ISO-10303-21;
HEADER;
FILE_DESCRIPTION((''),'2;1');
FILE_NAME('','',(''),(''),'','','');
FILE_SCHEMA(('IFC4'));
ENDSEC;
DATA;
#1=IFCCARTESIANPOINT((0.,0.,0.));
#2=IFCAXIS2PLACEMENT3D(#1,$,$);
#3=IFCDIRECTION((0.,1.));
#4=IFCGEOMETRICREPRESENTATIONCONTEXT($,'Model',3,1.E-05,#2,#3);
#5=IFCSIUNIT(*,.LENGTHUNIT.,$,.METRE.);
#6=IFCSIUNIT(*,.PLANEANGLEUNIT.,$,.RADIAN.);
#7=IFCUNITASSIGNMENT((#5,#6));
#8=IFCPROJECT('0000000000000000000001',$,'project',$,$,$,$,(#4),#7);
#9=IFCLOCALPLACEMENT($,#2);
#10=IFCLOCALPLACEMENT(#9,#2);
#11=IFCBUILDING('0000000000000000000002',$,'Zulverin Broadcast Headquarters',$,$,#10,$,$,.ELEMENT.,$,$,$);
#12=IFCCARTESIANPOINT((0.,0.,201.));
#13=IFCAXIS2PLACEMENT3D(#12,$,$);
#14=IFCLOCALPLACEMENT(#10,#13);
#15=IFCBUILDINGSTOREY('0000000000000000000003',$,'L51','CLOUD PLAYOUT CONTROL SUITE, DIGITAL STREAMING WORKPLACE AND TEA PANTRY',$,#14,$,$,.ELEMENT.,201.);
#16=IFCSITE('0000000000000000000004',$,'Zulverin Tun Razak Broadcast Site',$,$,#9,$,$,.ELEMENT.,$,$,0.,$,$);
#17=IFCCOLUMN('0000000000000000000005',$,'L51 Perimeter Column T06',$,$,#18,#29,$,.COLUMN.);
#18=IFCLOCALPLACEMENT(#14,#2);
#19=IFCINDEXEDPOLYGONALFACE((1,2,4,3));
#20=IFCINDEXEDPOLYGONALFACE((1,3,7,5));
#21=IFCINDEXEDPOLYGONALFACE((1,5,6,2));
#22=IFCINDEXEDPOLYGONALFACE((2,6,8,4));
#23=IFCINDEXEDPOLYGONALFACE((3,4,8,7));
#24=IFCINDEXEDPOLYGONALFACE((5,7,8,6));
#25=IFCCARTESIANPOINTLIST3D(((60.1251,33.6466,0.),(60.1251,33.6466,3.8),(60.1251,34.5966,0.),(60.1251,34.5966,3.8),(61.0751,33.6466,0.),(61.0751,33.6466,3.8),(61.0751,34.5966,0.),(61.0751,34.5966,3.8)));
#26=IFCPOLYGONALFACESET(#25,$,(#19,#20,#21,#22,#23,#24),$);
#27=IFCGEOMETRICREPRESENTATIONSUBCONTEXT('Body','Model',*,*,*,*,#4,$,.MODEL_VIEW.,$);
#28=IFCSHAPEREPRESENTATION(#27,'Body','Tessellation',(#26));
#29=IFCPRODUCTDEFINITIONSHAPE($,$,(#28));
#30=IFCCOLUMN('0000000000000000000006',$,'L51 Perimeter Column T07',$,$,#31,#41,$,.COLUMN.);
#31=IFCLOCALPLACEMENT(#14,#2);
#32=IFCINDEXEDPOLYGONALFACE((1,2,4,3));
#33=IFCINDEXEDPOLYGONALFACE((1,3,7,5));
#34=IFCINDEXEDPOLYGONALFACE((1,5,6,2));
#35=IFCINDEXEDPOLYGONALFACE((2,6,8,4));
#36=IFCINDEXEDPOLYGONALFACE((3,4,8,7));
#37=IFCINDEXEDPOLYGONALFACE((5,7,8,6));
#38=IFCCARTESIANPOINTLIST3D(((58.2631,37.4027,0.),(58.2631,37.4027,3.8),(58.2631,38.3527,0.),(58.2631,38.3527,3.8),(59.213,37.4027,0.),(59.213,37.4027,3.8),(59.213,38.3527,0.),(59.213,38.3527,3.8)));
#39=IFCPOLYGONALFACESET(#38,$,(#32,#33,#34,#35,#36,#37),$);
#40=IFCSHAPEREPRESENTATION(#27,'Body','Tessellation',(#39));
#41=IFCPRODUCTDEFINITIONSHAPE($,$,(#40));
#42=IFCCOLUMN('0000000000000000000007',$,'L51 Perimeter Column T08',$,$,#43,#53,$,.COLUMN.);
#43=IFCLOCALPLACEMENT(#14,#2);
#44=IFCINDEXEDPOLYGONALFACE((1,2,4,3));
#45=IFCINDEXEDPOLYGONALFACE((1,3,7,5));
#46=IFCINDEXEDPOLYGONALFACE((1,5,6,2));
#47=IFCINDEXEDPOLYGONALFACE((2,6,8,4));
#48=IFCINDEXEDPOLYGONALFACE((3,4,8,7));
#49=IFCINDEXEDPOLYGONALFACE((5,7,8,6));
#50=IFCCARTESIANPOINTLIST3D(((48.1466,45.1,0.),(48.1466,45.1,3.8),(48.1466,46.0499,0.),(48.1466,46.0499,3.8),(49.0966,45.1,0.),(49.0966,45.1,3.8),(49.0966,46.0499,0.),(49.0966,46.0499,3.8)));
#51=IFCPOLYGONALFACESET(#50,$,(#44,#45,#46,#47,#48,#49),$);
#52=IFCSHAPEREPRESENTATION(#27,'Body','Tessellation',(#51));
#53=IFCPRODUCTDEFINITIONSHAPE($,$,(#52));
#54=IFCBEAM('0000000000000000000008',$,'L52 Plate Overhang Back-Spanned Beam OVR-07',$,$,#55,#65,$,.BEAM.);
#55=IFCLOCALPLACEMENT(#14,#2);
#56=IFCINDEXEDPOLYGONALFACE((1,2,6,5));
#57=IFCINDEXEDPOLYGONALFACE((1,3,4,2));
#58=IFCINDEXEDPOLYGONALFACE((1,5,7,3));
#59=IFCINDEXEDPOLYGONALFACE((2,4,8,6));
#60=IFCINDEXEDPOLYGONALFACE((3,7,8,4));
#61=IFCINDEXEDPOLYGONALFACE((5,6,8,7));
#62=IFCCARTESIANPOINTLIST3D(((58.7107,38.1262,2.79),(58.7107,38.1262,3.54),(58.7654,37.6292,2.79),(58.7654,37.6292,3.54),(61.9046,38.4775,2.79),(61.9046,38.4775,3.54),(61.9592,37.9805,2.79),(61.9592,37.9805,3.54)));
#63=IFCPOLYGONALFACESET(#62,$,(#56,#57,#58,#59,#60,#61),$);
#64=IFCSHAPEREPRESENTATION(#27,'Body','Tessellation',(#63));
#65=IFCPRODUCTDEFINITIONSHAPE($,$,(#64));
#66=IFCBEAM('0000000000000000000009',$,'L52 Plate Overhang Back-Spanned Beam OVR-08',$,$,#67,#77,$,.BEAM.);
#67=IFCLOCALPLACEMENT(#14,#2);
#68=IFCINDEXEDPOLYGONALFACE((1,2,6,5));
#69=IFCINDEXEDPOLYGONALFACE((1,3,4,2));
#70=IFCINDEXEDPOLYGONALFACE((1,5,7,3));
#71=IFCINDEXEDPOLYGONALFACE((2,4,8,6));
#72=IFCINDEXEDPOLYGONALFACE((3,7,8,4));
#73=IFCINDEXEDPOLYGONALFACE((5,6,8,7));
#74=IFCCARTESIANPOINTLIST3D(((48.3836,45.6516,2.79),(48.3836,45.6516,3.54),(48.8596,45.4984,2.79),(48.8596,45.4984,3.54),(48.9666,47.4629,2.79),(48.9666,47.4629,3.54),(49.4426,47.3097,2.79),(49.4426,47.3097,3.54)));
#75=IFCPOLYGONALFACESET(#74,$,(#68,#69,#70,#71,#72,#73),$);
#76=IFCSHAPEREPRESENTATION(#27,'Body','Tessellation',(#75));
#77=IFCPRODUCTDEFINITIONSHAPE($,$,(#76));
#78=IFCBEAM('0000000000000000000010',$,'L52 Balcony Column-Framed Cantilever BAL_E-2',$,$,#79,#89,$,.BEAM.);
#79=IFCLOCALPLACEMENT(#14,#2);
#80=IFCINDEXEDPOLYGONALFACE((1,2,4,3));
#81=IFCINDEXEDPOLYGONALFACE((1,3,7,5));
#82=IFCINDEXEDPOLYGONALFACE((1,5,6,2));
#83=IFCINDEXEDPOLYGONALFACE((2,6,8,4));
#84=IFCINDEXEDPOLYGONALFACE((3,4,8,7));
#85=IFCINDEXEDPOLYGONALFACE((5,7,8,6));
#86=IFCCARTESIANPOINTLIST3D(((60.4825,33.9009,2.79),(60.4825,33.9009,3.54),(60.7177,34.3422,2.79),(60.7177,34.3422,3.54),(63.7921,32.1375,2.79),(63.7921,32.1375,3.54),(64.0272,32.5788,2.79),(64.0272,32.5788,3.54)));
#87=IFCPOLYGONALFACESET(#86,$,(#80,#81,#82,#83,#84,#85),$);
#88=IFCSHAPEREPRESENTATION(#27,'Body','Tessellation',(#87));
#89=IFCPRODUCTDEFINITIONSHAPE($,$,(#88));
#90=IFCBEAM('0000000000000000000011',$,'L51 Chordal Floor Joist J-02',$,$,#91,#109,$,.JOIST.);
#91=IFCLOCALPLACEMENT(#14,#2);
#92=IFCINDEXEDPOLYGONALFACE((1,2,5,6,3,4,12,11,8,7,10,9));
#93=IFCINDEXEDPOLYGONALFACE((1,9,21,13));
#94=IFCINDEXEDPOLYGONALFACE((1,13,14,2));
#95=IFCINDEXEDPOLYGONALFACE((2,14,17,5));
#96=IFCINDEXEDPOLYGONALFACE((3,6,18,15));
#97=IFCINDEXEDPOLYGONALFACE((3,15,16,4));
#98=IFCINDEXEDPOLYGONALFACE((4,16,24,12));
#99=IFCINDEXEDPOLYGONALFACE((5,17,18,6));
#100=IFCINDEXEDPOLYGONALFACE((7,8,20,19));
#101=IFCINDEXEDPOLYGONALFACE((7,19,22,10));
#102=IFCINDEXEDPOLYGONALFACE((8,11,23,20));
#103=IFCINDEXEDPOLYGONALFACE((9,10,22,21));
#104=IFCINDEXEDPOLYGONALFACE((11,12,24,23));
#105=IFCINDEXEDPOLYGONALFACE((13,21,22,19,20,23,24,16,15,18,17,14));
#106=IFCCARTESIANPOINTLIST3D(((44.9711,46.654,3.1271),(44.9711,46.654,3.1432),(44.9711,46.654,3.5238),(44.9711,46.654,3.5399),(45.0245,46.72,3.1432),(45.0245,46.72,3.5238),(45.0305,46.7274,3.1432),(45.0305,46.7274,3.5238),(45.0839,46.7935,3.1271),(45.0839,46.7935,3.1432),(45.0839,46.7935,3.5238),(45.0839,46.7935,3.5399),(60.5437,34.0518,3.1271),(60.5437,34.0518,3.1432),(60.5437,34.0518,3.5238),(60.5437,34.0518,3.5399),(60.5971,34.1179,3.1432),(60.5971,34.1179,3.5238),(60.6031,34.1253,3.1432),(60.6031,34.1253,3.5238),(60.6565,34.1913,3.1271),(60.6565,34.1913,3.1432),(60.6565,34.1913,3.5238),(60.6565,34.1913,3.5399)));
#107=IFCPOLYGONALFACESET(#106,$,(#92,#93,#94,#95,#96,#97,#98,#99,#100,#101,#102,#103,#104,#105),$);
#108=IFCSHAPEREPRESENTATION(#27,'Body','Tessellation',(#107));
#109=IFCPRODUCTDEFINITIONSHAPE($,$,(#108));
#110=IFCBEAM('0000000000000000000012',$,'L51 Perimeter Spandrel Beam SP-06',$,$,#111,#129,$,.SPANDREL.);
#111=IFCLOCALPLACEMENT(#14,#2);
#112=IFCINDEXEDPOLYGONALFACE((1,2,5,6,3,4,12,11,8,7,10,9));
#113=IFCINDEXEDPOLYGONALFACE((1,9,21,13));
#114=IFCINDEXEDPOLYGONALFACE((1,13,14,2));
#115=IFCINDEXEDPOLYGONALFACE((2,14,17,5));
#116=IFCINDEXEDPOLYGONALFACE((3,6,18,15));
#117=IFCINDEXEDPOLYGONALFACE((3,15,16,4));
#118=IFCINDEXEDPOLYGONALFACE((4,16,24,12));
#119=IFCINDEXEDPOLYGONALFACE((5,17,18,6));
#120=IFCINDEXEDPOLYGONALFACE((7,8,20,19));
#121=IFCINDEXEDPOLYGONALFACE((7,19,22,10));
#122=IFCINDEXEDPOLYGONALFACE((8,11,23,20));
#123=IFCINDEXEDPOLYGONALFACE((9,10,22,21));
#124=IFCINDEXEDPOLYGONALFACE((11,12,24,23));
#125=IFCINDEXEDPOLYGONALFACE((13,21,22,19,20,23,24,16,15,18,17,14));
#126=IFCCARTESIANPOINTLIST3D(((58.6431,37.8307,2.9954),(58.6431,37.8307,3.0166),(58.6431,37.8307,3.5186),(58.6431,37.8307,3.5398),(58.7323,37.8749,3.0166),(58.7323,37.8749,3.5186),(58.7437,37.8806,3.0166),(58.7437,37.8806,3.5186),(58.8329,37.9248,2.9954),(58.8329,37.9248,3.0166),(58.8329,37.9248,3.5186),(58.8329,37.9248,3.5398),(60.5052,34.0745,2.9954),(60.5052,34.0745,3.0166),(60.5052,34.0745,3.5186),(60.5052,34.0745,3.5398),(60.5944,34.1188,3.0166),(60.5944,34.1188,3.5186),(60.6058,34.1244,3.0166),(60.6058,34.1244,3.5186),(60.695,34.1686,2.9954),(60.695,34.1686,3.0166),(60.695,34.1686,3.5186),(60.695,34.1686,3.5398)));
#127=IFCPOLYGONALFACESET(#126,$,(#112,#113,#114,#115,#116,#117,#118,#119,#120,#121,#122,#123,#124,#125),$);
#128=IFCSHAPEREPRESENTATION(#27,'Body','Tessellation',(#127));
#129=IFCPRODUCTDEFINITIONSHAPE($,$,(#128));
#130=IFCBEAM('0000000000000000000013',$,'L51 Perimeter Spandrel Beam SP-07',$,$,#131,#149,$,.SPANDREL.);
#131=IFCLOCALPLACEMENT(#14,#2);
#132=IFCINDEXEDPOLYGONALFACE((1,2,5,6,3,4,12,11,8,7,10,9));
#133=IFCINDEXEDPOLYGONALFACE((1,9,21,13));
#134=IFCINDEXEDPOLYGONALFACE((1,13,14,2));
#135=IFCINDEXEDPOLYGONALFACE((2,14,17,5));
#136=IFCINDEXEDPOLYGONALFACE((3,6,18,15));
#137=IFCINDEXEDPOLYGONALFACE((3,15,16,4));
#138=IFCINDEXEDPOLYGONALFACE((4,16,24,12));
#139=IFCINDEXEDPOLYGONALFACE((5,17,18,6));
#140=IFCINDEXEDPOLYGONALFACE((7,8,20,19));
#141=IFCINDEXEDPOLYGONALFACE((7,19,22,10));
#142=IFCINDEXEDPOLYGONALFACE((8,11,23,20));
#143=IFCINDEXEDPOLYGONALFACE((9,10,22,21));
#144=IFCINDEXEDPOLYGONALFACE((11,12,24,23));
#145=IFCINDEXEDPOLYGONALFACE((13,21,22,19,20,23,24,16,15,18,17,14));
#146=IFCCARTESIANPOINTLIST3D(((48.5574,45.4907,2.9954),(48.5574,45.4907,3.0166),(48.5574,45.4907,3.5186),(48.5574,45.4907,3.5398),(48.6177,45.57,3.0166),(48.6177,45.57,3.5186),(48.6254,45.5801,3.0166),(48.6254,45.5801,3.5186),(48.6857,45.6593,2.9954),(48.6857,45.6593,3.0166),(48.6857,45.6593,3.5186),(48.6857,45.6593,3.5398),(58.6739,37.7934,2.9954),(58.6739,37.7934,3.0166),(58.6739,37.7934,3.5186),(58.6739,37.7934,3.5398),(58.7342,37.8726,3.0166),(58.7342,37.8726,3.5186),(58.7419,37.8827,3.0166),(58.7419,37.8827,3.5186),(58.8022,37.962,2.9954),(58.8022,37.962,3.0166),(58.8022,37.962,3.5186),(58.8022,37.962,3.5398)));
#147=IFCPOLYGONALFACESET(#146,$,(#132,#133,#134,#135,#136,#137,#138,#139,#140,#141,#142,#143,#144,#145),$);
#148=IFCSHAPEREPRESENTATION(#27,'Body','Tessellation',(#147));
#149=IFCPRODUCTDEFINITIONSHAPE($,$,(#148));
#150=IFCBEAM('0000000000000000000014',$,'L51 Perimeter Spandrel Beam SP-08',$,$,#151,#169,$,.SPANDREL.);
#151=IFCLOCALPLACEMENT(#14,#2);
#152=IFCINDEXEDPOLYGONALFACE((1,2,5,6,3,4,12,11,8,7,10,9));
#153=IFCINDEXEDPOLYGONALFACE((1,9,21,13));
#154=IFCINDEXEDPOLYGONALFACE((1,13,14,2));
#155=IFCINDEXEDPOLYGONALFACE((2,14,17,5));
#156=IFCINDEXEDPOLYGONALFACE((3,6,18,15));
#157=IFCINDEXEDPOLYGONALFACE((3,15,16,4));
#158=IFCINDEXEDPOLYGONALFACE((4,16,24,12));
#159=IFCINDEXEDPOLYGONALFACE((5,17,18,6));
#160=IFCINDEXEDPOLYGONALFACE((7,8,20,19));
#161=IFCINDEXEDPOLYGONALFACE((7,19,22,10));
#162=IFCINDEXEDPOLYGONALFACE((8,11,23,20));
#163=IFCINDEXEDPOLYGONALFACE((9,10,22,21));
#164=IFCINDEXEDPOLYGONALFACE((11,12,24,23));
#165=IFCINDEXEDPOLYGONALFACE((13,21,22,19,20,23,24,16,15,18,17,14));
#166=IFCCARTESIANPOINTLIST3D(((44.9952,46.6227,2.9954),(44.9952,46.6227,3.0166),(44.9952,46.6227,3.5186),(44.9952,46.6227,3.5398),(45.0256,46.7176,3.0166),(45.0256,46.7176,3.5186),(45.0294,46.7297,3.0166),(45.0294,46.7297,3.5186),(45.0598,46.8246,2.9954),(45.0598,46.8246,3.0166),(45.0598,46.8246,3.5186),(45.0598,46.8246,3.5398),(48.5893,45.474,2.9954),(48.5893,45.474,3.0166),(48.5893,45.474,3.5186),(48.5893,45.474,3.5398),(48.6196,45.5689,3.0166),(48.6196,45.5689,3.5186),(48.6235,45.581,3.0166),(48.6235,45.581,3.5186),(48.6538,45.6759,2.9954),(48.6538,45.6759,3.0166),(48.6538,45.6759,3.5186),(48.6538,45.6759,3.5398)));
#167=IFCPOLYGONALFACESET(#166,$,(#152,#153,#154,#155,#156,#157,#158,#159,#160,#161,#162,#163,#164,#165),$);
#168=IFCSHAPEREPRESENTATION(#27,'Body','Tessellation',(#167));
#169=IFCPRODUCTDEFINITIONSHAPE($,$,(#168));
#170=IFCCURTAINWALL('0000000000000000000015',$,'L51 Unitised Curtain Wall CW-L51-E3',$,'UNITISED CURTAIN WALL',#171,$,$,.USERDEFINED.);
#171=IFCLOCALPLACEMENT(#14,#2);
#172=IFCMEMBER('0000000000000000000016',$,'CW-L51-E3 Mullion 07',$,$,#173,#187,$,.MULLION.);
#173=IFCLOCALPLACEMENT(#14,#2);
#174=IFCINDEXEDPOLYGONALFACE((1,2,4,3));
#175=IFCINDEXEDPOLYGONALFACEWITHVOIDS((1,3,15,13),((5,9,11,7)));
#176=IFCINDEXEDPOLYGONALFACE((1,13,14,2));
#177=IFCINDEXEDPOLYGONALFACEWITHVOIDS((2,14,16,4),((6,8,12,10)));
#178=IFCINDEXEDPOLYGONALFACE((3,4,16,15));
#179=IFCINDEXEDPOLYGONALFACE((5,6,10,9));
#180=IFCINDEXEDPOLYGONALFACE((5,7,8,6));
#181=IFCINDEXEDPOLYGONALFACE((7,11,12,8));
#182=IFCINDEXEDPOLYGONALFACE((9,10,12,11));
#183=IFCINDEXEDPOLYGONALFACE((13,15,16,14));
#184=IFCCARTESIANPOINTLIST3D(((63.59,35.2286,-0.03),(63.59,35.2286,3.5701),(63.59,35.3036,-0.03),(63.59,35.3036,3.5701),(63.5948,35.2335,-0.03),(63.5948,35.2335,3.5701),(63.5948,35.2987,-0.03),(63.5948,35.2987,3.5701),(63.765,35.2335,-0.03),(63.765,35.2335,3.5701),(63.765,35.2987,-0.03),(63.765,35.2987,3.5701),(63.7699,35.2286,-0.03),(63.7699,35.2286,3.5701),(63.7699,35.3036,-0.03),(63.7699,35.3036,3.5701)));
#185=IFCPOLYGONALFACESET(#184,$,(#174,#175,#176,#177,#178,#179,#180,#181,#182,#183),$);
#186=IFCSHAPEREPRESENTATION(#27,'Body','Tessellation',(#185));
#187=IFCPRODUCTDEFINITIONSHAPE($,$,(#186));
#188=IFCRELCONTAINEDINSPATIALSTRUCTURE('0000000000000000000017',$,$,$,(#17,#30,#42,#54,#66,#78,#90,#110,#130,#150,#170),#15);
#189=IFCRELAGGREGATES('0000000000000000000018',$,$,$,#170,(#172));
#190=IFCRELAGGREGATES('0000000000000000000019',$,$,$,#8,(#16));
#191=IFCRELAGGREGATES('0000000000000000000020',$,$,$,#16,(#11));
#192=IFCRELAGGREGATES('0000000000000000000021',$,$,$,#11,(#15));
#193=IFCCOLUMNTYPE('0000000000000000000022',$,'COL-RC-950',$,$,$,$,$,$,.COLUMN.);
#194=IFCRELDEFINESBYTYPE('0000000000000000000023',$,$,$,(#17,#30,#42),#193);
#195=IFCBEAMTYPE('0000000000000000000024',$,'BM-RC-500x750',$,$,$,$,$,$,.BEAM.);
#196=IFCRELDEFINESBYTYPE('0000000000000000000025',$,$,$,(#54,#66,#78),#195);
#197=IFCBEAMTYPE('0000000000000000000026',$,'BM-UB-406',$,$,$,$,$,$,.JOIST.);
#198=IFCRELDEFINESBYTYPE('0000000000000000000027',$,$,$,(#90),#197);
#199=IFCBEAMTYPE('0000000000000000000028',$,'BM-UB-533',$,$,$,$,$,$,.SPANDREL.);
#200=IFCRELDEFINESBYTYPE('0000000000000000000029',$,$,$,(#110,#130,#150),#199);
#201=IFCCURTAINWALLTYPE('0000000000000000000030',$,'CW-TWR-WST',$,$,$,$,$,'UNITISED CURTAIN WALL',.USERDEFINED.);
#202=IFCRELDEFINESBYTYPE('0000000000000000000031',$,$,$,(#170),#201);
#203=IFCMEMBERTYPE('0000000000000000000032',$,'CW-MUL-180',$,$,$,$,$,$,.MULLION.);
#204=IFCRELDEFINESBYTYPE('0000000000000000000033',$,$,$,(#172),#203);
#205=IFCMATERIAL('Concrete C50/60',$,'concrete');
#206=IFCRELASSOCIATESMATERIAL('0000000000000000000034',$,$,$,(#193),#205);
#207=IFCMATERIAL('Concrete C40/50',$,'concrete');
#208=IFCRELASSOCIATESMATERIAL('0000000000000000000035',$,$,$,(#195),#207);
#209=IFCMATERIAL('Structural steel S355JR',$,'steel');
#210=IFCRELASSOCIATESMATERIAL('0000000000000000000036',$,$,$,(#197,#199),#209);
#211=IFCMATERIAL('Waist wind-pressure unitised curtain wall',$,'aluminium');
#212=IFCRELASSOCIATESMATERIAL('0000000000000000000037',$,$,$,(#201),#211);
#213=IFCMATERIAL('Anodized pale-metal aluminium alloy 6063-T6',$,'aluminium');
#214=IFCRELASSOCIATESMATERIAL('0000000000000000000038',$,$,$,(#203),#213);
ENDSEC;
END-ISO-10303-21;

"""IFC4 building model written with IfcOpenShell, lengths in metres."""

from ifc_helpers import new_model, si_unit, direction, frame, origin, origin_2d, place, context, subcontext, project, spatial, rectangle, hollow_rectangle, i_section, extrude, material, material_profile, profile_set, type_object, element, aggregate, save


model = new_model("IFC4")

# Units and contexts
model_context = context("Model", 3, precision=1e-05, world=origin(), true_north=direction((0.0, 1.0)))
body_context = subcontext(model_context, "Body", "Model", "MODEL_VIEW")
ifc_project = project(units=[si_unit("LENGTHUNIT", "METRE"), si_unit("PLANEANGLEUNIT", "RADIAN")], contexts=[model_context])

# Site, building, storey
site_placement = place(None, origin())
site = spatial("IfcSite", under=ifc_project, at=site_placement, Name="Zulverin Tun Razak Broadcast Site", CompositionType="ELEMENT", RefElevation=0.0)
building_placement = place(site_placement, origin())
building = spatial("IfcBuilding", under=site, at=building_placement, Name="Zulverin Broadcast Headquarters", CompositionType="ELEMENT")
storey_placement = place(building_placement, frame((0.0, 0.0, 201.0)))
storey = spatial("IfcBuildingStorey", under=building, at=storey_placement, Name="L51", Description="CLOUD PLAYOUT CONTROL SUITE, DIGITAL STREAMING WORKPLACE AND TEA PANTRY", CompositionType="ELEMENT", Elevation=201.0)

# Columns
ifc_material_1 = material(Name="Concrete C50/60", Category="concrete")
ifc_material_profile_1 = material_profile(ifc_material_1, rectangle(XDim=0.95, YDim=0.95, at=origin_2d()), Name="Concrete C50/60", Category="concrete")
ifc_profile_set_1 = profile_set([ifc_material_profile_1], Name="Concrete C50/60")
column_type = type_object("IfcColumnType", Name="COL-RC-950", PredefinedType="COLUMN", material=ifc_profile_set_1)
for number, where, z_axis, x_axis, name in (
    (1, (60.6001, 34.1216, 0.0), (0.0, 0.0, 1.0), (1.0, 0.0, 0.0), "L51 Perimeter Column T06"),
    (2, (58.738, 37.8777, 0.0), (0.0, 0.0, 1.0), (1.0, 0.0, 0.0), "L51 Perimeter Column T07"),
    (3, (48.6216, 45.575, 0.0), (0.0, 0.0, 1.0), (1.0, 0.0, 0.0), "L51 Perimeter Column T08"),
):
    element("IfcColumn", number, at=place(storey_placement, frame(where, z_axis=z_axis, x_axis=x_axis)), inside=storey, type_object=column_type, Name=name, PredefinedType="COLUMN", context=body_context, shape_type="SweptSolid", body=[
        extrude(rectangle(XDim=0.95, YDim=0.95, at=origin_2d()), origin(), (0.0, 0.0, 1.0), 3.8),
    ])

# Beams
ifc_material_2 = material(Name="Concrete C40/50", Category="concrete")
ifc_material_profile_2 = material_profile(ifc_material_2, rectangle(XDim=0.5, YDim=0.75, at=origin_2d()), Name="Concrete C40/50", Category="concrete")
ifc_profile_set_2 = profile_set([ifc_material_profile_2], Name="Concrete C40/50")
beam_type_1 = type_object("IfcBeamType", Name="BM-RC-500x750", PredefinedType="BEAM", material=ifc_profile_set_2)
beam_1_placement = place(storey_placement, frame((58.738, 37.8777, 3.165), z_axis=(0.994005, 0.109339, 0.0), x_axis=(-0.109339, 0.994005, 0.0)))
element("IfcBeam", 4, at=beam_1_placement, inside=storey, type_object=beam_type_1, Name="L52 Plate Overhang Back-Spanned Beam OVR-07", PredefinedType="BEAM", context=body_context, shape_type="SweptSolid", body=[
    extrude(rectangle(XDim=0.5, YDim=0.75, at=origin_2d()), origin(), (0.0, 0.0, 1.0), 3.2131),
])
beam_2_placement = place(storey_placement, frame((48.6216, 45.575, 3.165), z_axis=(0.306395, 0.951904, 0.0), x_axis=(-0.951904, 0.306395, 0.0)))
element("IfcBeam", 5, at=beam_2_placement, inside=storey, type_object=beam_type_1, Name="L52 Plate Overhang Back-Spanned Beam OVR-08", PredefinedType="BEAM", context=body_context, shape_type="SweptSolid", body=[
    extrude(rectangle(XDim=0.5, YDim=0.75, at=origin_2d()), origin(), (0.0, 0.0, 1.0), 1.9028),
])
beam_3_placement = place(storey_placement, frame((60.6001, 34.1216, 3.165), z_axis=(0.882538, -0.47024, 0.0), x_axis=(0.47024, 0.882538, 0.0)))
element("IfcBeam", 6, at=beam_3_placement, inside=storey, type_object=beam_type_1, Name="L52 Balcony Column-Framed Cantilever BAL_E-2", PredefinedType="BEAM", context=body_context, shape_type="SweptSolid", body=[
    extrude(rectangle(XDim=0.5, YDim=0.75, at=origin_2d()), origin(), (0.0, 0.0, 1.0), 3.75),
])
ifc_material_3 = material(Name="Structural steel S355JR", Category="steel")
ifc_material_profile_3 = material_profile(ifc_material_3, i_section(OverallWidth=0.1794, OverallDepth=0.4128, WebThickness=0.0095, FlangeThickness=0.0161, at=origin_2d()), Name="Structural steel S355JR", Category="steel")
ifc_profile_set_3 = profile_set([ifc_material_profile_3], Name="Structural steel S355JR")
beam_type_2 = type_object("IfcBeamType", Name="BM-UB-406", PredefinedType="JOIST", material=ifc_profile_set_3)
beam_4_placement = place(storey_placement, frame((60.6001, 34.1216, 3.3335), z_axis=(-0.777349, 0.62907, 0.0), x_axis=(-0.62907, -0.777349, 0.0)))
element("IfcBeam", 7, at=beam_4_placement, inside=storey, type_object=beam_type_2, Name="L51 Chordal Floor Joist J-02", PredefinedType="JOIST", context=body_context, shape_type="SweptSolid", body=[
    extrude(i_section(OverallWidth=0.1794, OverallDepth=0.4128, WebThickness=0.0095, FlangeThickness=0.0161, at=origin_2d()), origin(), (0.0, 0.0, 1.0), 20.033),
])
ifc_material_profile_4 = material_profile(ifc_material_3, i_section(OverallWidth=0.2119, OverallDepth=0.5444, WebThickness=0.0127, FlangeThickness=0.0212, at=origin_2d()), Name="Structural steel S355JR", Category="steel")
ifc_profile_set_4 = profile_set([ifc_material_profile_4], Name="Structural steel S355JR")
beam_type_3 = type_object("IfcBeamType", Name="BM-UB-533", PredefinedType="SPANDREL", material=ifc_profile_set_4)
beam_5_placement = place(storey_placement, frame((60.6001, 34.1216, 3.2676), z_axis=(-0.444159, 0.895948, 0.0), x_axis=(-0.895948, -0.444159, 0.0)))
element("IfcBeam", 8, at=beam_5_placement, inside=storey, type_object=beam_type_3, Name="L51 Perimeter Spandrel Beam SP-06", PredefinedType="SPANDREL", context=body_context, shape_type="SweptSolid", body=[
    extrude(i_section(OverallWidth=0.2119, OverallDepth=0.5444, WebThickness=0.0127, FlangeThickness=0.0212, at=origin_2d()), origin(), (0.0, 0.0, 1.0), 4.1924),
])
beam_6_placement = place(storey_placement, frame((58.738, 37.8777, 3.2676), z_axis=(-0.79583, 0.60552, 0.0), x_axis=(-0.60552, -0.79583, 0.0)))
element("IfcBeam", 9, at=beam_6_placement, inside=storey, type_object=beam_type_3, Name="L51 Perimeter Spandrel Beam SP-07", PredefinedType="SPANDREL", context=body_context, shape_type="SweptSolid", body=[
    extrude(i_section(OverallWidth=0.2119, OverallDepth=0.5444, WebThickness=0.0127, FlangeThickness=0.0212, at=origin_2d()), origin(), (0.0, 0.0, 1.0), 12.7119),
])
beam_7_placement = place(storey_placement, frame((48.6216, 45.575, 3.2676), z_axis=(-0.952532, 0.30444, 0.0), x_axis=(-0.30444, -0.952532, 0.0)))
element("IfcBeam", 10, at=beam_7_placement, inside=storey, type_object=beam_type_3, Name="L51 Perimeter Spandrel Beam SP-08", PredefinedType="SPANDREL", context=body_context, shape_type="SweptSolid", body=[
    extrude(i_section(OverallWidth=0.2119, OverallDepth=0.5444, WebThickness=0.0127, FlangeThickness=0.0212, at=origin_2d()), origin(), (0.0, 0.0, 1.0), 3.7732),
])

# Curtain wall, member
ifc_material_4 = material(Name="Waist wind-pressure unitised curtain wall", Category="aluminium")
curtain_wall_type = type_object("IfcCurtainWallType", Name="CW-TWR-WST", ElementType="UNITISED CURTAIN WALL", PredefinedType="USERDEFINED", material=ifc_material_4)
curtain_wall_placement = place(storey_placement, origin())
curtain_wall = element("IfcCurtainWall", 11, at=curtain_wall_placement, inside=storey, type_object=curtain_wall_type, Name="L51 Unitised Curtain Wall CW-L51-E3", ObjectType="UNITISED CURTAIN WALL", PredefinedType="USERDEFINED")
ifc_material_5 = material(Name="Anodized pale-metal aluminium alloy 6063-T6", Category="aluminium")
ifc_material_profile_5 = material_profile(ifc_material_5, hollow_rectangle(XDim=0.075, YDim=0.1799, WallThickness=0.0049, at=origin_2d()), Name="Anodized pale-metal aluminium alloy 6063-T6", Category="aluminium")
ifc_profile_set_5 = profile_set([ifc_material_profile_5], Name="Anodized pale-metal aluminium alloy 6063-T6")
member_type = type_object("IfcMemberType", Name="CW-MUL-180", PredefinedType="MULLION", material=ifc_profile_set_5)
member_placement = place(storey_placement, frame((63.6799, 35.2661, -0.03), z_axis=(0.0, 0.0, 1.0), x_axis=(0.0, 1.0, 0.0)))
member = element("IfcMember", 12, at=member_placement, type_object=member_type, Name="CW-L51-E3 Mullion 07", PredefinedType="MULLION", context=body_context, shape_type="SweptSolid", body=[
    extrude(hollow_rectangle(XDim=0.075, YDim=0.1799, WallThickness=0.0049, at=origin_2d()), origin(), (0.0, 0.0, 1.0), 3.6001),
])
aggregate(curtain_wall, [member])

save(model, "model.ifc")
